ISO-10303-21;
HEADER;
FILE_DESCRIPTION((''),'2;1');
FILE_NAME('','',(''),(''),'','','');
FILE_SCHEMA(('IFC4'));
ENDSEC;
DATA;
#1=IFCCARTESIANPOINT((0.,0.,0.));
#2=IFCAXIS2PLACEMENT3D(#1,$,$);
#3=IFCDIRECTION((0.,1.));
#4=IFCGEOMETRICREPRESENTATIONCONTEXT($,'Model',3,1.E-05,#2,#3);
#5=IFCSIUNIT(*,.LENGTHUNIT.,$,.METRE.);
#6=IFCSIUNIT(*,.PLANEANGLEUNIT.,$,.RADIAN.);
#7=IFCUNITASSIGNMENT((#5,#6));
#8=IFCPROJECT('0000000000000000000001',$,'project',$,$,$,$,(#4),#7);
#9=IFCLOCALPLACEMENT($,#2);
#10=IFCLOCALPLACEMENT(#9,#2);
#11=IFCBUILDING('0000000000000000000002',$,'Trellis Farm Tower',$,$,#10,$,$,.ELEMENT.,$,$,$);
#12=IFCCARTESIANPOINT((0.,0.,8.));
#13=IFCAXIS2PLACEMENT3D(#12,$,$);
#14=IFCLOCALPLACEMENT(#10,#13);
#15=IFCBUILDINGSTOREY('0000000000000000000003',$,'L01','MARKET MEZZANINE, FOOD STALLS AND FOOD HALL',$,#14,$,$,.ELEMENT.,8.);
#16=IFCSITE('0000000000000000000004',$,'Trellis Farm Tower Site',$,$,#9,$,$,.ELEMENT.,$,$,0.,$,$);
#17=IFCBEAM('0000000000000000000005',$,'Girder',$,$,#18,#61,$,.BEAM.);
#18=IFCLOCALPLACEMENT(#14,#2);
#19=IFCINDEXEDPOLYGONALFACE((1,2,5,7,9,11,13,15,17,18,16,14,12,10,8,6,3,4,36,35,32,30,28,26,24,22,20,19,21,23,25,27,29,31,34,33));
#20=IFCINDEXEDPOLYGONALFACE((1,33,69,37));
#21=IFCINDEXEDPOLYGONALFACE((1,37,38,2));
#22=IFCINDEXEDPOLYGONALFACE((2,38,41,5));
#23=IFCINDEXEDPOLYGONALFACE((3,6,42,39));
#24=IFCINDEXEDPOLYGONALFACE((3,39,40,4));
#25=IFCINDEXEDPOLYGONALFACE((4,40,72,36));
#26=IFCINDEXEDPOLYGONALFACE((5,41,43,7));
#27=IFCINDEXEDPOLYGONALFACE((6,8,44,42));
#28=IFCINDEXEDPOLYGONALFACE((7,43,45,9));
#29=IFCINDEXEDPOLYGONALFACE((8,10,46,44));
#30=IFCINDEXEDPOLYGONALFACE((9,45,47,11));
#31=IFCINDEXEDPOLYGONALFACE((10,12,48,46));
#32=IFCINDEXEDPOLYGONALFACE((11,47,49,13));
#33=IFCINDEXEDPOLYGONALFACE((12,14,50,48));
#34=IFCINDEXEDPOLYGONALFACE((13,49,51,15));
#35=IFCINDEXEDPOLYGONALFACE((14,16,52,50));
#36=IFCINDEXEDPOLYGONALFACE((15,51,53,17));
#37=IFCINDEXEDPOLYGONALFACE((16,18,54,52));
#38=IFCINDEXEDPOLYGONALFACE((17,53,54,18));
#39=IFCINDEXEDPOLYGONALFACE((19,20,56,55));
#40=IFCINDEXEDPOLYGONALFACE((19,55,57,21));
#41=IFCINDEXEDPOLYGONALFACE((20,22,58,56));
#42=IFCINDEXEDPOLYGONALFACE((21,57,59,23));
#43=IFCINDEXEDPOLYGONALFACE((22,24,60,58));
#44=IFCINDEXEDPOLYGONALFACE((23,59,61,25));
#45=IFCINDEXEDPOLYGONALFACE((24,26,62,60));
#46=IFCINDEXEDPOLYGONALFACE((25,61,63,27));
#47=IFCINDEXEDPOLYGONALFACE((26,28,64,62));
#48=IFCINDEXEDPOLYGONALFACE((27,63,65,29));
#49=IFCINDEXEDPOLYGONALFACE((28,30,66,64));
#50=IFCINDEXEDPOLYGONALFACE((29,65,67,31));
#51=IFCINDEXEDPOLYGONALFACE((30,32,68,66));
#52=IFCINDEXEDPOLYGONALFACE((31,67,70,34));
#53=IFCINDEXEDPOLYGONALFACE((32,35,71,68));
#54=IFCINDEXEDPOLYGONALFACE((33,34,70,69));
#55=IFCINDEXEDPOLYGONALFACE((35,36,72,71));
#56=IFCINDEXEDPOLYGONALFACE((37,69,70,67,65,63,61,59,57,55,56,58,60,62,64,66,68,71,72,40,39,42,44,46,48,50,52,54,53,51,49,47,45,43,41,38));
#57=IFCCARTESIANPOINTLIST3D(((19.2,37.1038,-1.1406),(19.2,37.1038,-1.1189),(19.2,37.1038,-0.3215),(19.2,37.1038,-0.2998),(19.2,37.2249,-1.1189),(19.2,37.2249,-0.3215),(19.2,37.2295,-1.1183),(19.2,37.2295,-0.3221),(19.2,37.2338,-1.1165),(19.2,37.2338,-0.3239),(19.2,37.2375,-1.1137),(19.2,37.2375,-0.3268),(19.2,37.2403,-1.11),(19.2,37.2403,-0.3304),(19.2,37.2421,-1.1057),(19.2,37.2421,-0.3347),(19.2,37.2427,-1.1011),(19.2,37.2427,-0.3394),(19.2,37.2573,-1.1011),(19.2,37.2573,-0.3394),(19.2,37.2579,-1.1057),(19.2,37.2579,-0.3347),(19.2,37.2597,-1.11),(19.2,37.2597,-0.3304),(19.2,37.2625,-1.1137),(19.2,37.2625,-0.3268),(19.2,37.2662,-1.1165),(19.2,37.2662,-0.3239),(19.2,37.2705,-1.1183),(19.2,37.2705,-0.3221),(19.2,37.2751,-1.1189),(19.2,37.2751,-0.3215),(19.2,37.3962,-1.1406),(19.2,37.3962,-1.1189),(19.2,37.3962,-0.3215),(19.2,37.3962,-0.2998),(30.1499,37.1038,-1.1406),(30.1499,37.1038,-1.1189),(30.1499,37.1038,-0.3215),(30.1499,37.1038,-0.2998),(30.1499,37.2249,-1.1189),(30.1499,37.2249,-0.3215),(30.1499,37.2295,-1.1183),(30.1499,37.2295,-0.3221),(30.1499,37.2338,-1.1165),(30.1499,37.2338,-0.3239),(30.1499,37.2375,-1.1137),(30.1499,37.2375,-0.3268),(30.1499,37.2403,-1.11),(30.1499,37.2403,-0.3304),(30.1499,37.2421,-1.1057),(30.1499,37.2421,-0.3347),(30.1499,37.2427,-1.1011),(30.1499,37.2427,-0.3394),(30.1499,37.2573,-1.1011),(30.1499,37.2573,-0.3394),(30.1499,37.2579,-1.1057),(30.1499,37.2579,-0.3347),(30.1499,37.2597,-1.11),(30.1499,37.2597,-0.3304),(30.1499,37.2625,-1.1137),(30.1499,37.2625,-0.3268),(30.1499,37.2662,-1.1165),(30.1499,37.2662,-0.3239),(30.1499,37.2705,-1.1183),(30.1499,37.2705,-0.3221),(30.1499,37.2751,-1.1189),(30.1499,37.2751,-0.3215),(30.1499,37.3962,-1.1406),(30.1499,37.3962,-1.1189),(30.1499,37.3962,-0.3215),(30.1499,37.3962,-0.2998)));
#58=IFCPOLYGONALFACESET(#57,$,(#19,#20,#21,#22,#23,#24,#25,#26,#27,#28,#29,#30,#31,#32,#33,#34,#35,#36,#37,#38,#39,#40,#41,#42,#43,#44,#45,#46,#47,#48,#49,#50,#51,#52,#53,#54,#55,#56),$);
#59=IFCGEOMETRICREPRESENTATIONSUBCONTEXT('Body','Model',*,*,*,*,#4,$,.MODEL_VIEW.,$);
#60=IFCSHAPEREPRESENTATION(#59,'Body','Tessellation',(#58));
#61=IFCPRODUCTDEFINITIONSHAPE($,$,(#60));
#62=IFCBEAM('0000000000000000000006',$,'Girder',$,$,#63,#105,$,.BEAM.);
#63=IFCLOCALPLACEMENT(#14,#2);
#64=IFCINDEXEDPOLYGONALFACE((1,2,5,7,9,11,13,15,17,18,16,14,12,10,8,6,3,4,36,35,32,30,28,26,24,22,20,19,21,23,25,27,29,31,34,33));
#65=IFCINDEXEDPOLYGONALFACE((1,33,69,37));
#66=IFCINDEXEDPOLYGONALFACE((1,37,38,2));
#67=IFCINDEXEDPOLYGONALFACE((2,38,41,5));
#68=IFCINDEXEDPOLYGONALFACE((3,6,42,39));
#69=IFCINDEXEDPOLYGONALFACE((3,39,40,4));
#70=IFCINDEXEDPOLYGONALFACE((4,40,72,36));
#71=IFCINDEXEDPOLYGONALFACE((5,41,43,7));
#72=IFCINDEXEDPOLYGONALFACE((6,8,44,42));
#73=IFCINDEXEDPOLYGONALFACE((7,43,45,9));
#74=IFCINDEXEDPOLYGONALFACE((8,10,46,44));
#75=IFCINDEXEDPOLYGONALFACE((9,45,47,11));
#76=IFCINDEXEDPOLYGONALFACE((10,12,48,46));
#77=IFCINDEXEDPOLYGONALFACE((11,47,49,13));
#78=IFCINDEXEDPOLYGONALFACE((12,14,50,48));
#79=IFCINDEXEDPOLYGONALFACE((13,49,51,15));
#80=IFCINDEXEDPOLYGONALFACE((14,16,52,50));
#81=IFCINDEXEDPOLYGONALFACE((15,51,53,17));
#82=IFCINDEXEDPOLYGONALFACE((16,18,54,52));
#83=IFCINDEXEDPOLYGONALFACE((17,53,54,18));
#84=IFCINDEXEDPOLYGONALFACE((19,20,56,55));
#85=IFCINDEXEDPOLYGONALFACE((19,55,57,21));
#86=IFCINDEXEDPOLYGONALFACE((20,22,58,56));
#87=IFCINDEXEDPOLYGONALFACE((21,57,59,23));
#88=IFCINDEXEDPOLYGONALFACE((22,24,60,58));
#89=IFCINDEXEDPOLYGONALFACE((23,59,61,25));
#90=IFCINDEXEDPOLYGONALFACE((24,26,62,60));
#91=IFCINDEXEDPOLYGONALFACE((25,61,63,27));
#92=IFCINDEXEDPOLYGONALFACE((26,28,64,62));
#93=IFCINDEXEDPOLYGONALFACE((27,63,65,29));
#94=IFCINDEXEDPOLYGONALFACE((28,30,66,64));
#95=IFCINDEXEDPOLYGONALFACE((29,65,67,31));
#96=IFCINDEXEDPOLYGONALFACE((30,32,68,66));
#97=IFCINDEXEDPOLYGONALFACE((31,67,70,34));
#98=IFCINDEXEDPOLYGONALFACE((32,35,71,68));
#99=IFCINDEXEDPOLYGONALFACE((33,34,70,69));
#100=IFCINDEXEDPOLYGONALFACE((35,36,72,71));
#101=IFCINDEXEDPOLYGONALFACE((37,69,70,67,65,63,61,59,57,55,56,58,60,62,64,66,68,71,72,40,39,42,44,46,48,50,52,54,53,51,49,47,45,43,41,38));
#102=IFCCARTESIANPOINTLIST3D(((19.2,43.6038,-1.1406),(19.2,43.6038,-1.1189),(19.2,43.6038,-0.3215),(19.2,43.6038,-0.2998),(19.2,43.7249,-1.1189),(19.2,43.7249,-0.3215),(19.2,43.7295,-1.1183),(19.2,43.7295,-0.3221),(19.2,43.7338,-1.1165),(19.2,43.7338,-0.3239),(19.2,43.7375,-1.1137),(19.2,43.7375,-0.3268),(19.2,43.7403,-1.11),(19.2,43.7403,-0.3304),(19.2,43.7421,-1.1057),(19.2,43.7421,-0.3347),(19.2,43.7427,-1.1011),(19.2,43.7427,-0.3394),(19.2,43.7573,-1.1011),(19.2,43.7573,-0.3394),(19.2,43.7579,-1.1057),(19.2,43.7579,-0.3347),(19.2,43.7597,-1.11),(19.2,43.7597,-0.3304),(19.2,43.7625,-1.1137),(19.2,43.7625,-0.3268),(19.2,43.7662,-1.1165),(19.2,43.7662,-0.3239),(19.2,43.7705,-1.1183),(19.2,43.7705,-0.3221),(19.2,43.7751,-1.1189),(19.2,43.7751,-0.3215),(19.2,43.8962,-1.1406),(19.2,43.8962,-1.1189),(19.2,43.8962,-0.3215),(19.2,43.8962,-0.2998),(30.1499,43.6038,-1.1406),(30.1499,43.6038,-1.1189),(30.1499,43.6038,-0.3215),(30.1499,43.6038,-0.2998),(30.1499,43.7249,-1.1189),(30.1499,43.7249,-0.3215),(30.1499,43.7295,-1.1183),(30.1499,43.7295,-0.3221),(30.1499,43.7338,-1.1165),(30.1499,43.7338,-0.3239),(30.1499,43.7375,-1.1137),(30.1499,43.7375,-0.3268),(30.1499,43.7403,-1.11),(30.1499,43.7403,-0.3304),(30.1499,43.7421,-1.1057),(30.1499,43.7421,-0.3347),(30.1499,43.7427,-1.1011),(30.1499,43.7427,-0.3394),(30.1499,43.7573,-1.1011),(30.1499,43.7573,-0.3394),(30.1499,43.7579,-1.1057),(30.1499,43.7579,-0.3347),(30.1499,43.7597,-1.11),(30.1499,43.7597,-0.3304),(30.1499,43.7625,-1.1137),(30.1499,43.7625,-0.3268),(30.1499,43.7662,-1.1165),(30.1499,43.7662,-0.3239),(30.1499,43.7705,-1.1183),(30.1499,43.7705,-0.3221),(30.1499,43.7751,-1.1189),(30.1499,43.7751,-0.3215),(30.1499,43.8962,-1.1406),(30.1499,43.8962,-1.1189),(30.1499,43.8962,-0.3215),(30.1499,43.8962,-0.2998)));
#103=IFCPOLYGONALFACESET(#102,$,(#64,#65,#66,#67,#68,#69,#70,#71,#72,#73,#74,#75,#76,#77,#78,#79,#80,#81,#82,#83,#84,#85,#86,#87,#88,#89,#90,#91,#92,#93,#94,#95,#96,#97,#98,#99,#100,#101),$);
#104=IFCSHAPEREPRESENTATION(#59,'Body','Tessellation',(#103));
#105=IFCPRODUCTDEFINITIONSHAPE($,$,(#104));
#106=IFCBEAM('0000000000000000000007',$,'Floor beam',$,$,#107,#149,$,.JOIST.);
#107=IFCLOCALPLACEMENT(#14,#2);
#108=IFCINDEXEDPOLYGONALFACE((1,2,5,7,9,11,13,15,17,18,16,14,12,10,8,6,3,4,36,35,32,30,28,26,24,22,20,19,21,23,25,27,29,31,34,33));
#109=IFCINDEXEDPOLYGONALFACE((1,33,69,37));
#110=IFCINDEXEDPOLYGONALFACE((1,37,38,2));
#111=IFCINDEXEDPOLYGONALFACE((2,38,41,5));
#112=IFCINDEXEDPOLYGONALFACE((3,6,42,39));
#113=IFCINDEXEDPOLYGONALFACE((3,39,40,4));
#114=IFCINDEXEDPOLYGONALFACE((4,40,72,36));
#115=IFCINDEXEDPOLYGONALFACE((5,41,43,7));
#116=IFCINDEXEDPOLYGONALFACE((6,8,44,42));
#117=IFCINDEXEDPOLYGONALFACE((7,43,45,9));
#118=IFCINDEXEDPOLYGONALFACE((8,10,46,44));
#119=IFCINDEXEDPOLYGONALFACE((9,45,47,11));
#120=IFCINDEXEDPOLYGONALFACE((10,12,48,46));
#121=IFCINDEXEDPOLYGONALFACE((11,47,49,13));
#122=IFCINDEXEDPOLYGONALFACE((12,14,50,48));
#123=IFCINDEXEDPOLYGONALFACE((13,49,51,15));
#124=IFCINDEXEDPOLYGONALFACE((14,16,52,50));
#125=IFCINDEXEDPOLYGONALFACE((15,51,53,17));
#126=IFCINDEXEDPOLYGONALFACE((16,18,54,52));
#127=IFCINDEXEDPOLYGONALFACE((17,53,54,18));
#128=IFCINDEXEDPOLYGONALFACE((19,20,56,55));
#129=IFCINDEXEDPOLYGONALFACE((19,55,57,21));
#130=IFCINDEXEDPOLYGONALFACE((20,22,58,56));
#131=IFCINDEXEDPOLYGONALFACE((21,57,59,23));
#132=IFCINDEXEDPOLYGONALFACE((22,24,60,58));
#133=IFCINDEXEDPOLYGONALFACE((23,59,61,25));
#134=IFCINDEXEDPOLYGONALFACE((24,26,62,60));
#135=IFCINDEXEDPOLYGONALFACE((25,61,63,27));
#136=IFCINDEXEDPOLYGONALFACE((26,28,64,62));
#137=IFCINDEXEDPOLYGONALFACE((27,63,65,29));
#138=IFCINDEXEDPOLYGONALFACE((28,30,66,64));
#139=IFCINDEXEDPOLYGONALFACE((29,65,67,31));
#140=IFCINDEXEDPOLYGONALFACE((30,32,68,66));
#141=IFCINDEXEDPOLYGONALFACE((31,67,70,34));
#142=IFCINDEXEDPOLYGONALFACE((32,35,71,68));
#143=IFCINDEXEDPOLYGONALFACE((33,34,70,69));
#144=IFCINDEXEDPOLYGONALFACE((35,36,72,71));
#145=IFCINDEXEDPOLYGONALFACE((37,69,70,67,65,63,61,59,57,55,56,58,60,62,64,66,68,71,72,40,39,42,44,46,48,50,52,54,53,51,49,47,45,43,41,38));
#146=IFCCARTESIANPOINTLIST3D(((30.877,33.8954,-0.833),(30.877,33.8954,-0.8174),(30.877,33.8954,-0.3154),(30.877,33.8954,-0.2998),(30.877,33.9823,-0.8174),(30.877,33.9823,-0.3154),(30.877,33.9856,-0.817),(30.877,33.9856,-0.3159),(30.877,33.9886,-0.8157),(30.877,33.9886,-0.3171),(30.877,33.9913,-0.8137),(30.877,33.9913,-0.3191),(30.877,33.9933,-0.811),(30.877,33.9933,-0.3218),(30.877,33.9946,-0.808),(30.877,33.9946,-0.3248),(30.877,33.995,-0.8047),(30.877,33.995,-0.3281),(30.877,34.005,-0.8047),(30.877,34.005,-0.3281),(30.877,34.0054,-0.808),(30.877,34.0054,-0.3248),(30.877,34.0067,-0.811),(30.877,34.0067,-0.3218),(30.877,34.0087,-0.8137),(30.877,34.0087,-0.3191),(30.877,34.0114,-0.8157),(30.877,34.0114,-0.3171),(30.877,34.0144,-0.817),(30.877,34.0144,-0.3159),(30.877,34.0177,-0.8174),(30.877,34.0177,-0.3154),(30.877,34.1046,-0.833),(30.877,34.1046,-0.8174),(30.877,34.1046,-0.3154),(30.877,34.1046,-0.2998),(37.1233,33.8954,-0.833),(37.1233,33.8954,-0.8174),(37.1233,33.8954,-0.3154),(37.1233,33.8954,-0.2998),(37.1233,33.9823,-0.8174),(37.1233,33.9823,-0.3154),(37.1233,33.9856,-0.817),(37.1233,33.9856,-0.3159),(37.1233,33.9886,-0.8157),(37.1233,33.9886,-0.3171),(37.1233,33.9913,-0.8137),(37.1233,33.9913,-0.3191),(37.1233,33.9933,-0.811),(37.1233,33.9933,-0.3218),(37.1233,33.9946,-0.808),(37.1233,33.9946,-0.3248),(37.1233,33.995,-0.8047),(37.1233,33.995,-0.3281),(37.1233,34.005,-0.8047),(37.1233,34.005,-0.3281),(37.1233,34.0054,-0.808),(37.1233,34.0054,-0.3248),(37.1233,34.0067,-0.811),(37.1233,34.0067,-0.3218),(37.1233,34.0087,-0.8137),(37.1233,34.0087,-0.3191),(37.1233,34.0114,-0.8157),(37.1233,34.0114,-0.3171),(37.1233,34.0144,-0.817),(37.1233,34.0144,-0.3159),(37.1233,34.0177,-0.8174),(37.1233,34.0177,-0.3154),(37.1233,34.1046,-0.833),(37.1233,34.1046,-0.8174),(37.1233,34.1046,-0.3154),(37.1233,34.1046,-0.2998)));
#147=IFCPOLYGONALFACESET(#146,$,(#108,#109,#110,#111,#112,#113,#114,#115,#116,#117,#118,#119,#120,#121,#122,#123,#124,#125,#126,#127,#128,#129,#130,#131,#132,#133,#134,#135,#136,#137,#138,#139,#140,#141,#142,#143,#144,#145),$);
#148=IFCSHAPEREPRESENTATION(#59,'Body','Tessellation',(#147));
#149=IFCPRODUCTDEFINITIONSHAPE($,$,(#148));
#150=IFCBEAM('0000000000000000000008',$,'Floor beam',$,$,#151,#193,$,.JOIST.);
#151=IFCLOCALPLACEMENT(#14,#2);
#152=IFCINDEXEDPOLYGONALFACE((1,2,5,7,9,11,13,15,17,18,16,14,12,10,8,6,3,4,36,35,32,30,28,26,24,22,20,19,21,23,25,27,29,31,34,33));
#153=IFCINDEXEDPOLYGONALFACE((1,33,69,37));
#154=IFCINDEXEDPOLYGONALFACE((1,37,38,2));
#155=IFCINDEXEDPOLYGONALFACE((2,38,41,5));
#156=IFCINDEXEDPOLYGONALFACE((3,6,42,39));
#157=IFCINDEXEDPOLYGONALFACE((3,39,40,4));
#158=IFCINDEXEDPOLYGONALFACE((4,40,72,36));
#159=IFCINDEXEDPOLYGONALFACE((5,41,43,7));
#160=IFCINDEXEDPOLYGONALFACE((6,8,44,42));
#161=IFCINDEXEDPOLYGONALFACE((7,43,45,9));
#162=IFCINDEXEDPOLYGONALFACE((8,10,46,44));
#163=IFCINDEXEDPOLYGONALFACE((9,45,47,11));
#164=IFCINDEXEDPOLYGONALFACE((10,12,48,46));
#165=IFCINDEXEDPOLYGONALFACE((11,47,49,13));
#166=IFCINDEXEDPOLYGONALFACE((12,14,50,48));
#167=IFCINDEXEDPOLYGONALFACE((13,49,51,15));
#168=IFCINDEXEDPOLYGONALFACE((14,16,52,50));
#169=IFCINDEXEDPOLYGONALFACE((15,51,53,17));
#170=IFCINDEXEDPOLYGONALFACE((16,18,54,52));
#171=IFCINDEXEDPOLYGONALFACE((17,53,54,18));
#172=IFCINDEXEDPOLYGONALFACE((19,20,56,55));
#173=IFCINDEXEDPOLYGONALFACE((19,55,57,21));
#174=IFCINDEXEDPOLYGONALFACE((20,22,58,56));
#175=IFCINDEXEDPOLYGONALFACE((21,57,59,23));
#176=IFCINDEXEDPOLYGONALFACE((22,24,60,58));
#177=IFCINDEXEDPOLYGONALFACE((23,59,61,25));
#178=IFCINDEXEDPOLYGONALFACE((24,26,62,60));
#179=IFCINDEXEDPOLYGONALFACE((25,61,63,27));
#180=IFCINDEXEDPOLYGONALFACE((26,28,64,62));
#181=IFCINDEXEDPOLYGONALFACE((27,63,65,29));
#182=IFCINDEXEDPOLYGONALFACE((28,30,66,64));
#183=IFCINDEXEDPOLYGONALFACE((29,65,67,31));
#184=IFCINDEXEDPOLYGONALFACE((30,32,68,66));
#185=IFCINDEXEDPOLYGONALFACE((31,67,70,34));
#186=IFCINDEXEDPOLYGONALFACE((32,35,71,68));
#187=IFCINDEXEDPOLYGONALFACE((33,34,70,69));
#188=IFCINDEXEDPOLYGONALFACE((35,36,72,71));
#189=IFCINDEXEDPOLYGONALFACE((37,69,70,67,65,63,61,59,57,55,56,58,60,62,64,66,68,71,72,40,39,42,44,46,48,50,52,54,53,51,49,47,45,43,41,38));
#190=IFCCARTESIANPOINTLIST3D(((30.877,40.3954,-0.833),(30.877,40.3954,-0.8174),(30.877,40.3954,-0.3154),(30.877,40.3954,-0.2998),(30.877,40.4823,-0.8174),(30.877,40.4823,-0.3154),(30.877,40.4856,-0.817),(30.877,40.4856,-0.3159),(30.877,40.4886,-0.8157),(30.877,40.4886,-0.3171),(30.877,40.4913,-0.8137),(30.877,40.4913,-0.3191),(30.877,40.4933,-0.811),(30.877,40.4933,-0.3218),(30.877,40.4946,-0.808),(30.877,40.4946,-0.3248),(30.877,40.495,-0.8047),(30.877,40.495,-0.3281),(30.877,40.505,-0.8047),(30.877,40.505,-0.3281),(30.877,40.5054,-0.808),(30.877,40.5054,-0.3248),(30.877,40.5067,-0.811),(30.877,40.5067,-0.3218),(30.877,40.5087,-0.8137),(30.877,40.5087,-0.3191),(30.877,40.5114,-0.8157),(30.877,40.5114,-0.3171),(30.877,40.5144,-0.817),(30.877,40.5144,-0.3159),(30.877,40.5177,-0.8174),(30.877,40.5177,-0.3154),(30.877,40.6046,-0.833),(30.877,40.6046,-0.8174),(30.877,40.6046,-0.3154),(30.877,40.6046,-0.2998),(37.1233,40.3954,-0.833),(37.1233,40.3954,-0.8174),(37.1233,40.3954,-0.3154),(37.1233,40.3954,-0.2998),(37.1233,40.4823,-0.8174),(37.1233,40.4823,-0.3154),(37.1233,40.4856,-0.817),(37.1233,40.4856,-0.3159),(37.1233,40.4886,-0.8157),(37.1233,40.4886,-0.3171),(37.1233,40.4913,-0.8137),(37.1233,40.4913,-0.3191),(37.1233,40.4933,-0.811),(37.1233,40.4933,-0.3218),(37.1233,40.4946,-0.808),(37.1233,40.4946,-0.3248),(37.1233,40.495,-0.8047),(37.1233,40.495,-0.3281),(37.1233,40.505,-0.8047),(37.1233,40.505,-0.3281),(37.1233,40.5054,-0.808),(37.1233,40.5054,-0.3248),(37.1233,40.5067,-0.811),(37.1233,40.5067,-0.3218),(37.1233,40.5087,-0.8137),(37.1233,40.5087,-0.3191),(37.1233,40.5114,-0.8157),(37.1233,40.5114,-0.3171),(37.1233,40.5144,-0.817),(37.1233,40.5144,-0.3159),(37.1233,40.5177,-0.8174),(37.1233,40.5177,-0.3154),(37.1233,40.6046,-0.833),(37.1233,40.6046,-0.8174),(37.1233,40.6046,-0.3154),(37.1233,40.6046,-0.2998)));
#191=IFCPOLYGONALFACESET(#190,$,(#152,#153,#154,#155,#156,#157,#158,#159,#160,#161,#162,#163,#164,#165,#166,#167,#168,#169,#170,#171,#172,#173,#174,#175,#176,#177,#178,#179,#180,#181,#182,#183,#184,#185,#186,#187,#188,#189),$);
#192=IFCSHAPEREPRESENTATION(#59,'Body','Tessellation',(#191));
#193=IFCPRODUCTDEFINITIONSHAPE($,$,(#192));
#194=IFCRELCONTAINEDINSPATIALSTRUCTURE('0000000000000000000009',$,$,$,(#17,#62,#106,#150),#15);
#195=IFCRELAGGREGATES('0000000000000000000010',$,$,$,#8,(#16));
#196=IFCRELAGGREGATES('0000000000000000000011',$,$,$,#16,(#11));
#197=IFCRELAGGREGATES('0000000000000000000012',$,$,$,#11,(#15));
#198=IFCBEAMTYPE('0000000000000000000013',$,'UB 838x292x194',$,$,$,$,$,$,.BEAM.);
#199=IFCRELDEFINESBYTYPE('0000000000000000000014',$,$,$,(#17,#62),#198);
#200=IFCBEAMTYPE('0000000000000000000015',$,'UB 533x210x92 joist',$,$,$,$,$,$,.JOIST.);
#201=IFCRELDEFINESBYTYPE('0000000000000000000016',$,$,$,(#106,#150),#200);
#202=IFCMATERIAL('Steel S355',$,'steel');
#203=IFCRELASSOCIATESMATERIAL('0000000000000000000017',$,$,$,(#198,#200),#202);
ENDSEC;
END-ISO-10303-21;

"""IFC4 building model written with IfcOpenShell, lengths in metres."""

from ifc_helpers import new_model, si_unit, direction, frame, origin, origin_2d, place, context, subcontext, project, spatial, i_section, extrude, source, transform, mapped, material, material_profile, profile_set, type_object, element, save


model = new_model("IFC4")

# Units and contexts
model_context = context("Model", 3, precision=1e-05, world=origin(), true_north=direction((0.0, 1.0)))
body_context = subcontext(model_context, "Body", "Model", "MODEL_VIEW")
ifc_project = project(units=[si_unit("LENGTHUNIT", "METRE"), si_unit("PLANEANGLEUNIT", "RADIAN")], contexts=[model_context])

# Site, building, storey
site_placement = place(None, origin())
site = spatial("IfcSite", under=ifc_project, at=site_placement, Name="Trellis Farm Tower Site", CompositionType="ELEMENT", RefElevation=0.0)
building_placement = place(site_placement, origin())
building = spatial("IfcBuilding", under=site, at=building_placement, Name="Trellis Farm Tower", CompositionType="ELEMENT")
storey_placement = place(building_placement, frame((0.0, 0.0, 8.0)))
storey = spatial("IfcBuildingStorey", under=building, at=storey_placement, Name="L01", Description="MARKET MEZZANINE, FOOD STALLS AND FOOD HALL", CompositionType="ELEMENT", Elevation=8.0)

# Beams
ifc_material_1 = material(Name="Steel S355", Category="steel")
ifc_material_profile_1 = material_profile(ifc_material_1, i_section(OverallWidth=0.2925, OverallDepth=0.8408, WebThickness=0.0146, FlangeThickness=0.0217, FilletRadius=0.0178, at=origin_2d()), Name="UB 838x292x194")
ifc_profile_set_1 = profile_set([ifc_material_profile_1], Name="Steel S355")
beam_type_1 = type_object("IfcBeamType", Name="UB 838x292x194", PredefinedType="BEAM", material=ifc_profile_set_1)
shared_shape_1 = source(origin(), body_context, "Body", "SweptSolid", [
    extrude(i_section(OverallWidth=0.2925, OverallDepth=0.8408, WebThickness=0.0146, FlangeThickness=0.0217, FilletRadius=0.0178, at=origin_2d()), origin(), (0.0, 0.0, 1.0), 10.95),
])
for number, where, z_axis, x_axis, name in (
    (1, (19.2, 37.25, -0.7202), (1.0, 0.0, 0.0), (0.0, 1.0, 0.0), "Girder"),
    (2, (19.2, 43.75, -0.7202), (1.0, 0.0, 0.0), (0.0, 1.0, 0.0), "Girder"),
):
    element("IfcBeam", number, at=place(storey_placement, frame(where, z_axis=z_axis, x_axis=x_axis)), inside=storey, type_object=beam_type_1, Name=name, PredefinedType="BEAM", context=body_context, shape_type="MappedRepresentation", body=[
        mapped(shared_shape_1, transform((0.0, 0.0, 0.0))),
    ])
ifc_material_profile_2 = material_profile(ifc_material_1, i_section(OverallWidth=0.2092, OverallDepth=0.5332, WebThickness=0.01, FlangeThickness=0.0156, FilletRadius=0.0127, at=origin_2d()), Name="UB 533x210x92")
ifc_profile_set_2 = profile_set([ifc_material_profile_2], Name="Steel S355")
beam_type_2 = type_object("IfcBeamType", Name="UB 533x210x92 joist", PredefinedType="JOIST", material=ifc_profile_set_2)
shared_shape_2 = source(origin(), body_context, "Body", "SweptSolid", [
    extrude(i_section(OverallWidth=0.2092, OverallDepth=0.5332, WebThickness=0.01, FlangeThickness=0.0156, FilletRadius=0.0127, at=origin_2d()), origin(), (0.0, 0.0, 1.0), 6.2463),
])
for number, where, z_axis, x_axis, name in (
    (3, (30.877, 34.0, -0.5664), (1.0, 0.0, 0.0), (0.0, 1.0, 0.0), "Floor beam"),
    (4, (30.877, 40.5, -0.5664), (1.0, 0.0, 0.0), (0.0, 1.0, 0.0), "Floor beam"),
):
    element("IfcBeam", number, at=place(storey_placement, frame(where, z_axis=z_axis, x_axis=x_axis)), inside=storey, type_object=beam_type_2, Name=name, PredefinedType="JOIST", context=body_context, shape_type="MappedRepresentation", body=[
        mapped(shared_shape_2, transform((0.0, 0.0, 0.0))),
    ])

save(model, "model.ifc")
